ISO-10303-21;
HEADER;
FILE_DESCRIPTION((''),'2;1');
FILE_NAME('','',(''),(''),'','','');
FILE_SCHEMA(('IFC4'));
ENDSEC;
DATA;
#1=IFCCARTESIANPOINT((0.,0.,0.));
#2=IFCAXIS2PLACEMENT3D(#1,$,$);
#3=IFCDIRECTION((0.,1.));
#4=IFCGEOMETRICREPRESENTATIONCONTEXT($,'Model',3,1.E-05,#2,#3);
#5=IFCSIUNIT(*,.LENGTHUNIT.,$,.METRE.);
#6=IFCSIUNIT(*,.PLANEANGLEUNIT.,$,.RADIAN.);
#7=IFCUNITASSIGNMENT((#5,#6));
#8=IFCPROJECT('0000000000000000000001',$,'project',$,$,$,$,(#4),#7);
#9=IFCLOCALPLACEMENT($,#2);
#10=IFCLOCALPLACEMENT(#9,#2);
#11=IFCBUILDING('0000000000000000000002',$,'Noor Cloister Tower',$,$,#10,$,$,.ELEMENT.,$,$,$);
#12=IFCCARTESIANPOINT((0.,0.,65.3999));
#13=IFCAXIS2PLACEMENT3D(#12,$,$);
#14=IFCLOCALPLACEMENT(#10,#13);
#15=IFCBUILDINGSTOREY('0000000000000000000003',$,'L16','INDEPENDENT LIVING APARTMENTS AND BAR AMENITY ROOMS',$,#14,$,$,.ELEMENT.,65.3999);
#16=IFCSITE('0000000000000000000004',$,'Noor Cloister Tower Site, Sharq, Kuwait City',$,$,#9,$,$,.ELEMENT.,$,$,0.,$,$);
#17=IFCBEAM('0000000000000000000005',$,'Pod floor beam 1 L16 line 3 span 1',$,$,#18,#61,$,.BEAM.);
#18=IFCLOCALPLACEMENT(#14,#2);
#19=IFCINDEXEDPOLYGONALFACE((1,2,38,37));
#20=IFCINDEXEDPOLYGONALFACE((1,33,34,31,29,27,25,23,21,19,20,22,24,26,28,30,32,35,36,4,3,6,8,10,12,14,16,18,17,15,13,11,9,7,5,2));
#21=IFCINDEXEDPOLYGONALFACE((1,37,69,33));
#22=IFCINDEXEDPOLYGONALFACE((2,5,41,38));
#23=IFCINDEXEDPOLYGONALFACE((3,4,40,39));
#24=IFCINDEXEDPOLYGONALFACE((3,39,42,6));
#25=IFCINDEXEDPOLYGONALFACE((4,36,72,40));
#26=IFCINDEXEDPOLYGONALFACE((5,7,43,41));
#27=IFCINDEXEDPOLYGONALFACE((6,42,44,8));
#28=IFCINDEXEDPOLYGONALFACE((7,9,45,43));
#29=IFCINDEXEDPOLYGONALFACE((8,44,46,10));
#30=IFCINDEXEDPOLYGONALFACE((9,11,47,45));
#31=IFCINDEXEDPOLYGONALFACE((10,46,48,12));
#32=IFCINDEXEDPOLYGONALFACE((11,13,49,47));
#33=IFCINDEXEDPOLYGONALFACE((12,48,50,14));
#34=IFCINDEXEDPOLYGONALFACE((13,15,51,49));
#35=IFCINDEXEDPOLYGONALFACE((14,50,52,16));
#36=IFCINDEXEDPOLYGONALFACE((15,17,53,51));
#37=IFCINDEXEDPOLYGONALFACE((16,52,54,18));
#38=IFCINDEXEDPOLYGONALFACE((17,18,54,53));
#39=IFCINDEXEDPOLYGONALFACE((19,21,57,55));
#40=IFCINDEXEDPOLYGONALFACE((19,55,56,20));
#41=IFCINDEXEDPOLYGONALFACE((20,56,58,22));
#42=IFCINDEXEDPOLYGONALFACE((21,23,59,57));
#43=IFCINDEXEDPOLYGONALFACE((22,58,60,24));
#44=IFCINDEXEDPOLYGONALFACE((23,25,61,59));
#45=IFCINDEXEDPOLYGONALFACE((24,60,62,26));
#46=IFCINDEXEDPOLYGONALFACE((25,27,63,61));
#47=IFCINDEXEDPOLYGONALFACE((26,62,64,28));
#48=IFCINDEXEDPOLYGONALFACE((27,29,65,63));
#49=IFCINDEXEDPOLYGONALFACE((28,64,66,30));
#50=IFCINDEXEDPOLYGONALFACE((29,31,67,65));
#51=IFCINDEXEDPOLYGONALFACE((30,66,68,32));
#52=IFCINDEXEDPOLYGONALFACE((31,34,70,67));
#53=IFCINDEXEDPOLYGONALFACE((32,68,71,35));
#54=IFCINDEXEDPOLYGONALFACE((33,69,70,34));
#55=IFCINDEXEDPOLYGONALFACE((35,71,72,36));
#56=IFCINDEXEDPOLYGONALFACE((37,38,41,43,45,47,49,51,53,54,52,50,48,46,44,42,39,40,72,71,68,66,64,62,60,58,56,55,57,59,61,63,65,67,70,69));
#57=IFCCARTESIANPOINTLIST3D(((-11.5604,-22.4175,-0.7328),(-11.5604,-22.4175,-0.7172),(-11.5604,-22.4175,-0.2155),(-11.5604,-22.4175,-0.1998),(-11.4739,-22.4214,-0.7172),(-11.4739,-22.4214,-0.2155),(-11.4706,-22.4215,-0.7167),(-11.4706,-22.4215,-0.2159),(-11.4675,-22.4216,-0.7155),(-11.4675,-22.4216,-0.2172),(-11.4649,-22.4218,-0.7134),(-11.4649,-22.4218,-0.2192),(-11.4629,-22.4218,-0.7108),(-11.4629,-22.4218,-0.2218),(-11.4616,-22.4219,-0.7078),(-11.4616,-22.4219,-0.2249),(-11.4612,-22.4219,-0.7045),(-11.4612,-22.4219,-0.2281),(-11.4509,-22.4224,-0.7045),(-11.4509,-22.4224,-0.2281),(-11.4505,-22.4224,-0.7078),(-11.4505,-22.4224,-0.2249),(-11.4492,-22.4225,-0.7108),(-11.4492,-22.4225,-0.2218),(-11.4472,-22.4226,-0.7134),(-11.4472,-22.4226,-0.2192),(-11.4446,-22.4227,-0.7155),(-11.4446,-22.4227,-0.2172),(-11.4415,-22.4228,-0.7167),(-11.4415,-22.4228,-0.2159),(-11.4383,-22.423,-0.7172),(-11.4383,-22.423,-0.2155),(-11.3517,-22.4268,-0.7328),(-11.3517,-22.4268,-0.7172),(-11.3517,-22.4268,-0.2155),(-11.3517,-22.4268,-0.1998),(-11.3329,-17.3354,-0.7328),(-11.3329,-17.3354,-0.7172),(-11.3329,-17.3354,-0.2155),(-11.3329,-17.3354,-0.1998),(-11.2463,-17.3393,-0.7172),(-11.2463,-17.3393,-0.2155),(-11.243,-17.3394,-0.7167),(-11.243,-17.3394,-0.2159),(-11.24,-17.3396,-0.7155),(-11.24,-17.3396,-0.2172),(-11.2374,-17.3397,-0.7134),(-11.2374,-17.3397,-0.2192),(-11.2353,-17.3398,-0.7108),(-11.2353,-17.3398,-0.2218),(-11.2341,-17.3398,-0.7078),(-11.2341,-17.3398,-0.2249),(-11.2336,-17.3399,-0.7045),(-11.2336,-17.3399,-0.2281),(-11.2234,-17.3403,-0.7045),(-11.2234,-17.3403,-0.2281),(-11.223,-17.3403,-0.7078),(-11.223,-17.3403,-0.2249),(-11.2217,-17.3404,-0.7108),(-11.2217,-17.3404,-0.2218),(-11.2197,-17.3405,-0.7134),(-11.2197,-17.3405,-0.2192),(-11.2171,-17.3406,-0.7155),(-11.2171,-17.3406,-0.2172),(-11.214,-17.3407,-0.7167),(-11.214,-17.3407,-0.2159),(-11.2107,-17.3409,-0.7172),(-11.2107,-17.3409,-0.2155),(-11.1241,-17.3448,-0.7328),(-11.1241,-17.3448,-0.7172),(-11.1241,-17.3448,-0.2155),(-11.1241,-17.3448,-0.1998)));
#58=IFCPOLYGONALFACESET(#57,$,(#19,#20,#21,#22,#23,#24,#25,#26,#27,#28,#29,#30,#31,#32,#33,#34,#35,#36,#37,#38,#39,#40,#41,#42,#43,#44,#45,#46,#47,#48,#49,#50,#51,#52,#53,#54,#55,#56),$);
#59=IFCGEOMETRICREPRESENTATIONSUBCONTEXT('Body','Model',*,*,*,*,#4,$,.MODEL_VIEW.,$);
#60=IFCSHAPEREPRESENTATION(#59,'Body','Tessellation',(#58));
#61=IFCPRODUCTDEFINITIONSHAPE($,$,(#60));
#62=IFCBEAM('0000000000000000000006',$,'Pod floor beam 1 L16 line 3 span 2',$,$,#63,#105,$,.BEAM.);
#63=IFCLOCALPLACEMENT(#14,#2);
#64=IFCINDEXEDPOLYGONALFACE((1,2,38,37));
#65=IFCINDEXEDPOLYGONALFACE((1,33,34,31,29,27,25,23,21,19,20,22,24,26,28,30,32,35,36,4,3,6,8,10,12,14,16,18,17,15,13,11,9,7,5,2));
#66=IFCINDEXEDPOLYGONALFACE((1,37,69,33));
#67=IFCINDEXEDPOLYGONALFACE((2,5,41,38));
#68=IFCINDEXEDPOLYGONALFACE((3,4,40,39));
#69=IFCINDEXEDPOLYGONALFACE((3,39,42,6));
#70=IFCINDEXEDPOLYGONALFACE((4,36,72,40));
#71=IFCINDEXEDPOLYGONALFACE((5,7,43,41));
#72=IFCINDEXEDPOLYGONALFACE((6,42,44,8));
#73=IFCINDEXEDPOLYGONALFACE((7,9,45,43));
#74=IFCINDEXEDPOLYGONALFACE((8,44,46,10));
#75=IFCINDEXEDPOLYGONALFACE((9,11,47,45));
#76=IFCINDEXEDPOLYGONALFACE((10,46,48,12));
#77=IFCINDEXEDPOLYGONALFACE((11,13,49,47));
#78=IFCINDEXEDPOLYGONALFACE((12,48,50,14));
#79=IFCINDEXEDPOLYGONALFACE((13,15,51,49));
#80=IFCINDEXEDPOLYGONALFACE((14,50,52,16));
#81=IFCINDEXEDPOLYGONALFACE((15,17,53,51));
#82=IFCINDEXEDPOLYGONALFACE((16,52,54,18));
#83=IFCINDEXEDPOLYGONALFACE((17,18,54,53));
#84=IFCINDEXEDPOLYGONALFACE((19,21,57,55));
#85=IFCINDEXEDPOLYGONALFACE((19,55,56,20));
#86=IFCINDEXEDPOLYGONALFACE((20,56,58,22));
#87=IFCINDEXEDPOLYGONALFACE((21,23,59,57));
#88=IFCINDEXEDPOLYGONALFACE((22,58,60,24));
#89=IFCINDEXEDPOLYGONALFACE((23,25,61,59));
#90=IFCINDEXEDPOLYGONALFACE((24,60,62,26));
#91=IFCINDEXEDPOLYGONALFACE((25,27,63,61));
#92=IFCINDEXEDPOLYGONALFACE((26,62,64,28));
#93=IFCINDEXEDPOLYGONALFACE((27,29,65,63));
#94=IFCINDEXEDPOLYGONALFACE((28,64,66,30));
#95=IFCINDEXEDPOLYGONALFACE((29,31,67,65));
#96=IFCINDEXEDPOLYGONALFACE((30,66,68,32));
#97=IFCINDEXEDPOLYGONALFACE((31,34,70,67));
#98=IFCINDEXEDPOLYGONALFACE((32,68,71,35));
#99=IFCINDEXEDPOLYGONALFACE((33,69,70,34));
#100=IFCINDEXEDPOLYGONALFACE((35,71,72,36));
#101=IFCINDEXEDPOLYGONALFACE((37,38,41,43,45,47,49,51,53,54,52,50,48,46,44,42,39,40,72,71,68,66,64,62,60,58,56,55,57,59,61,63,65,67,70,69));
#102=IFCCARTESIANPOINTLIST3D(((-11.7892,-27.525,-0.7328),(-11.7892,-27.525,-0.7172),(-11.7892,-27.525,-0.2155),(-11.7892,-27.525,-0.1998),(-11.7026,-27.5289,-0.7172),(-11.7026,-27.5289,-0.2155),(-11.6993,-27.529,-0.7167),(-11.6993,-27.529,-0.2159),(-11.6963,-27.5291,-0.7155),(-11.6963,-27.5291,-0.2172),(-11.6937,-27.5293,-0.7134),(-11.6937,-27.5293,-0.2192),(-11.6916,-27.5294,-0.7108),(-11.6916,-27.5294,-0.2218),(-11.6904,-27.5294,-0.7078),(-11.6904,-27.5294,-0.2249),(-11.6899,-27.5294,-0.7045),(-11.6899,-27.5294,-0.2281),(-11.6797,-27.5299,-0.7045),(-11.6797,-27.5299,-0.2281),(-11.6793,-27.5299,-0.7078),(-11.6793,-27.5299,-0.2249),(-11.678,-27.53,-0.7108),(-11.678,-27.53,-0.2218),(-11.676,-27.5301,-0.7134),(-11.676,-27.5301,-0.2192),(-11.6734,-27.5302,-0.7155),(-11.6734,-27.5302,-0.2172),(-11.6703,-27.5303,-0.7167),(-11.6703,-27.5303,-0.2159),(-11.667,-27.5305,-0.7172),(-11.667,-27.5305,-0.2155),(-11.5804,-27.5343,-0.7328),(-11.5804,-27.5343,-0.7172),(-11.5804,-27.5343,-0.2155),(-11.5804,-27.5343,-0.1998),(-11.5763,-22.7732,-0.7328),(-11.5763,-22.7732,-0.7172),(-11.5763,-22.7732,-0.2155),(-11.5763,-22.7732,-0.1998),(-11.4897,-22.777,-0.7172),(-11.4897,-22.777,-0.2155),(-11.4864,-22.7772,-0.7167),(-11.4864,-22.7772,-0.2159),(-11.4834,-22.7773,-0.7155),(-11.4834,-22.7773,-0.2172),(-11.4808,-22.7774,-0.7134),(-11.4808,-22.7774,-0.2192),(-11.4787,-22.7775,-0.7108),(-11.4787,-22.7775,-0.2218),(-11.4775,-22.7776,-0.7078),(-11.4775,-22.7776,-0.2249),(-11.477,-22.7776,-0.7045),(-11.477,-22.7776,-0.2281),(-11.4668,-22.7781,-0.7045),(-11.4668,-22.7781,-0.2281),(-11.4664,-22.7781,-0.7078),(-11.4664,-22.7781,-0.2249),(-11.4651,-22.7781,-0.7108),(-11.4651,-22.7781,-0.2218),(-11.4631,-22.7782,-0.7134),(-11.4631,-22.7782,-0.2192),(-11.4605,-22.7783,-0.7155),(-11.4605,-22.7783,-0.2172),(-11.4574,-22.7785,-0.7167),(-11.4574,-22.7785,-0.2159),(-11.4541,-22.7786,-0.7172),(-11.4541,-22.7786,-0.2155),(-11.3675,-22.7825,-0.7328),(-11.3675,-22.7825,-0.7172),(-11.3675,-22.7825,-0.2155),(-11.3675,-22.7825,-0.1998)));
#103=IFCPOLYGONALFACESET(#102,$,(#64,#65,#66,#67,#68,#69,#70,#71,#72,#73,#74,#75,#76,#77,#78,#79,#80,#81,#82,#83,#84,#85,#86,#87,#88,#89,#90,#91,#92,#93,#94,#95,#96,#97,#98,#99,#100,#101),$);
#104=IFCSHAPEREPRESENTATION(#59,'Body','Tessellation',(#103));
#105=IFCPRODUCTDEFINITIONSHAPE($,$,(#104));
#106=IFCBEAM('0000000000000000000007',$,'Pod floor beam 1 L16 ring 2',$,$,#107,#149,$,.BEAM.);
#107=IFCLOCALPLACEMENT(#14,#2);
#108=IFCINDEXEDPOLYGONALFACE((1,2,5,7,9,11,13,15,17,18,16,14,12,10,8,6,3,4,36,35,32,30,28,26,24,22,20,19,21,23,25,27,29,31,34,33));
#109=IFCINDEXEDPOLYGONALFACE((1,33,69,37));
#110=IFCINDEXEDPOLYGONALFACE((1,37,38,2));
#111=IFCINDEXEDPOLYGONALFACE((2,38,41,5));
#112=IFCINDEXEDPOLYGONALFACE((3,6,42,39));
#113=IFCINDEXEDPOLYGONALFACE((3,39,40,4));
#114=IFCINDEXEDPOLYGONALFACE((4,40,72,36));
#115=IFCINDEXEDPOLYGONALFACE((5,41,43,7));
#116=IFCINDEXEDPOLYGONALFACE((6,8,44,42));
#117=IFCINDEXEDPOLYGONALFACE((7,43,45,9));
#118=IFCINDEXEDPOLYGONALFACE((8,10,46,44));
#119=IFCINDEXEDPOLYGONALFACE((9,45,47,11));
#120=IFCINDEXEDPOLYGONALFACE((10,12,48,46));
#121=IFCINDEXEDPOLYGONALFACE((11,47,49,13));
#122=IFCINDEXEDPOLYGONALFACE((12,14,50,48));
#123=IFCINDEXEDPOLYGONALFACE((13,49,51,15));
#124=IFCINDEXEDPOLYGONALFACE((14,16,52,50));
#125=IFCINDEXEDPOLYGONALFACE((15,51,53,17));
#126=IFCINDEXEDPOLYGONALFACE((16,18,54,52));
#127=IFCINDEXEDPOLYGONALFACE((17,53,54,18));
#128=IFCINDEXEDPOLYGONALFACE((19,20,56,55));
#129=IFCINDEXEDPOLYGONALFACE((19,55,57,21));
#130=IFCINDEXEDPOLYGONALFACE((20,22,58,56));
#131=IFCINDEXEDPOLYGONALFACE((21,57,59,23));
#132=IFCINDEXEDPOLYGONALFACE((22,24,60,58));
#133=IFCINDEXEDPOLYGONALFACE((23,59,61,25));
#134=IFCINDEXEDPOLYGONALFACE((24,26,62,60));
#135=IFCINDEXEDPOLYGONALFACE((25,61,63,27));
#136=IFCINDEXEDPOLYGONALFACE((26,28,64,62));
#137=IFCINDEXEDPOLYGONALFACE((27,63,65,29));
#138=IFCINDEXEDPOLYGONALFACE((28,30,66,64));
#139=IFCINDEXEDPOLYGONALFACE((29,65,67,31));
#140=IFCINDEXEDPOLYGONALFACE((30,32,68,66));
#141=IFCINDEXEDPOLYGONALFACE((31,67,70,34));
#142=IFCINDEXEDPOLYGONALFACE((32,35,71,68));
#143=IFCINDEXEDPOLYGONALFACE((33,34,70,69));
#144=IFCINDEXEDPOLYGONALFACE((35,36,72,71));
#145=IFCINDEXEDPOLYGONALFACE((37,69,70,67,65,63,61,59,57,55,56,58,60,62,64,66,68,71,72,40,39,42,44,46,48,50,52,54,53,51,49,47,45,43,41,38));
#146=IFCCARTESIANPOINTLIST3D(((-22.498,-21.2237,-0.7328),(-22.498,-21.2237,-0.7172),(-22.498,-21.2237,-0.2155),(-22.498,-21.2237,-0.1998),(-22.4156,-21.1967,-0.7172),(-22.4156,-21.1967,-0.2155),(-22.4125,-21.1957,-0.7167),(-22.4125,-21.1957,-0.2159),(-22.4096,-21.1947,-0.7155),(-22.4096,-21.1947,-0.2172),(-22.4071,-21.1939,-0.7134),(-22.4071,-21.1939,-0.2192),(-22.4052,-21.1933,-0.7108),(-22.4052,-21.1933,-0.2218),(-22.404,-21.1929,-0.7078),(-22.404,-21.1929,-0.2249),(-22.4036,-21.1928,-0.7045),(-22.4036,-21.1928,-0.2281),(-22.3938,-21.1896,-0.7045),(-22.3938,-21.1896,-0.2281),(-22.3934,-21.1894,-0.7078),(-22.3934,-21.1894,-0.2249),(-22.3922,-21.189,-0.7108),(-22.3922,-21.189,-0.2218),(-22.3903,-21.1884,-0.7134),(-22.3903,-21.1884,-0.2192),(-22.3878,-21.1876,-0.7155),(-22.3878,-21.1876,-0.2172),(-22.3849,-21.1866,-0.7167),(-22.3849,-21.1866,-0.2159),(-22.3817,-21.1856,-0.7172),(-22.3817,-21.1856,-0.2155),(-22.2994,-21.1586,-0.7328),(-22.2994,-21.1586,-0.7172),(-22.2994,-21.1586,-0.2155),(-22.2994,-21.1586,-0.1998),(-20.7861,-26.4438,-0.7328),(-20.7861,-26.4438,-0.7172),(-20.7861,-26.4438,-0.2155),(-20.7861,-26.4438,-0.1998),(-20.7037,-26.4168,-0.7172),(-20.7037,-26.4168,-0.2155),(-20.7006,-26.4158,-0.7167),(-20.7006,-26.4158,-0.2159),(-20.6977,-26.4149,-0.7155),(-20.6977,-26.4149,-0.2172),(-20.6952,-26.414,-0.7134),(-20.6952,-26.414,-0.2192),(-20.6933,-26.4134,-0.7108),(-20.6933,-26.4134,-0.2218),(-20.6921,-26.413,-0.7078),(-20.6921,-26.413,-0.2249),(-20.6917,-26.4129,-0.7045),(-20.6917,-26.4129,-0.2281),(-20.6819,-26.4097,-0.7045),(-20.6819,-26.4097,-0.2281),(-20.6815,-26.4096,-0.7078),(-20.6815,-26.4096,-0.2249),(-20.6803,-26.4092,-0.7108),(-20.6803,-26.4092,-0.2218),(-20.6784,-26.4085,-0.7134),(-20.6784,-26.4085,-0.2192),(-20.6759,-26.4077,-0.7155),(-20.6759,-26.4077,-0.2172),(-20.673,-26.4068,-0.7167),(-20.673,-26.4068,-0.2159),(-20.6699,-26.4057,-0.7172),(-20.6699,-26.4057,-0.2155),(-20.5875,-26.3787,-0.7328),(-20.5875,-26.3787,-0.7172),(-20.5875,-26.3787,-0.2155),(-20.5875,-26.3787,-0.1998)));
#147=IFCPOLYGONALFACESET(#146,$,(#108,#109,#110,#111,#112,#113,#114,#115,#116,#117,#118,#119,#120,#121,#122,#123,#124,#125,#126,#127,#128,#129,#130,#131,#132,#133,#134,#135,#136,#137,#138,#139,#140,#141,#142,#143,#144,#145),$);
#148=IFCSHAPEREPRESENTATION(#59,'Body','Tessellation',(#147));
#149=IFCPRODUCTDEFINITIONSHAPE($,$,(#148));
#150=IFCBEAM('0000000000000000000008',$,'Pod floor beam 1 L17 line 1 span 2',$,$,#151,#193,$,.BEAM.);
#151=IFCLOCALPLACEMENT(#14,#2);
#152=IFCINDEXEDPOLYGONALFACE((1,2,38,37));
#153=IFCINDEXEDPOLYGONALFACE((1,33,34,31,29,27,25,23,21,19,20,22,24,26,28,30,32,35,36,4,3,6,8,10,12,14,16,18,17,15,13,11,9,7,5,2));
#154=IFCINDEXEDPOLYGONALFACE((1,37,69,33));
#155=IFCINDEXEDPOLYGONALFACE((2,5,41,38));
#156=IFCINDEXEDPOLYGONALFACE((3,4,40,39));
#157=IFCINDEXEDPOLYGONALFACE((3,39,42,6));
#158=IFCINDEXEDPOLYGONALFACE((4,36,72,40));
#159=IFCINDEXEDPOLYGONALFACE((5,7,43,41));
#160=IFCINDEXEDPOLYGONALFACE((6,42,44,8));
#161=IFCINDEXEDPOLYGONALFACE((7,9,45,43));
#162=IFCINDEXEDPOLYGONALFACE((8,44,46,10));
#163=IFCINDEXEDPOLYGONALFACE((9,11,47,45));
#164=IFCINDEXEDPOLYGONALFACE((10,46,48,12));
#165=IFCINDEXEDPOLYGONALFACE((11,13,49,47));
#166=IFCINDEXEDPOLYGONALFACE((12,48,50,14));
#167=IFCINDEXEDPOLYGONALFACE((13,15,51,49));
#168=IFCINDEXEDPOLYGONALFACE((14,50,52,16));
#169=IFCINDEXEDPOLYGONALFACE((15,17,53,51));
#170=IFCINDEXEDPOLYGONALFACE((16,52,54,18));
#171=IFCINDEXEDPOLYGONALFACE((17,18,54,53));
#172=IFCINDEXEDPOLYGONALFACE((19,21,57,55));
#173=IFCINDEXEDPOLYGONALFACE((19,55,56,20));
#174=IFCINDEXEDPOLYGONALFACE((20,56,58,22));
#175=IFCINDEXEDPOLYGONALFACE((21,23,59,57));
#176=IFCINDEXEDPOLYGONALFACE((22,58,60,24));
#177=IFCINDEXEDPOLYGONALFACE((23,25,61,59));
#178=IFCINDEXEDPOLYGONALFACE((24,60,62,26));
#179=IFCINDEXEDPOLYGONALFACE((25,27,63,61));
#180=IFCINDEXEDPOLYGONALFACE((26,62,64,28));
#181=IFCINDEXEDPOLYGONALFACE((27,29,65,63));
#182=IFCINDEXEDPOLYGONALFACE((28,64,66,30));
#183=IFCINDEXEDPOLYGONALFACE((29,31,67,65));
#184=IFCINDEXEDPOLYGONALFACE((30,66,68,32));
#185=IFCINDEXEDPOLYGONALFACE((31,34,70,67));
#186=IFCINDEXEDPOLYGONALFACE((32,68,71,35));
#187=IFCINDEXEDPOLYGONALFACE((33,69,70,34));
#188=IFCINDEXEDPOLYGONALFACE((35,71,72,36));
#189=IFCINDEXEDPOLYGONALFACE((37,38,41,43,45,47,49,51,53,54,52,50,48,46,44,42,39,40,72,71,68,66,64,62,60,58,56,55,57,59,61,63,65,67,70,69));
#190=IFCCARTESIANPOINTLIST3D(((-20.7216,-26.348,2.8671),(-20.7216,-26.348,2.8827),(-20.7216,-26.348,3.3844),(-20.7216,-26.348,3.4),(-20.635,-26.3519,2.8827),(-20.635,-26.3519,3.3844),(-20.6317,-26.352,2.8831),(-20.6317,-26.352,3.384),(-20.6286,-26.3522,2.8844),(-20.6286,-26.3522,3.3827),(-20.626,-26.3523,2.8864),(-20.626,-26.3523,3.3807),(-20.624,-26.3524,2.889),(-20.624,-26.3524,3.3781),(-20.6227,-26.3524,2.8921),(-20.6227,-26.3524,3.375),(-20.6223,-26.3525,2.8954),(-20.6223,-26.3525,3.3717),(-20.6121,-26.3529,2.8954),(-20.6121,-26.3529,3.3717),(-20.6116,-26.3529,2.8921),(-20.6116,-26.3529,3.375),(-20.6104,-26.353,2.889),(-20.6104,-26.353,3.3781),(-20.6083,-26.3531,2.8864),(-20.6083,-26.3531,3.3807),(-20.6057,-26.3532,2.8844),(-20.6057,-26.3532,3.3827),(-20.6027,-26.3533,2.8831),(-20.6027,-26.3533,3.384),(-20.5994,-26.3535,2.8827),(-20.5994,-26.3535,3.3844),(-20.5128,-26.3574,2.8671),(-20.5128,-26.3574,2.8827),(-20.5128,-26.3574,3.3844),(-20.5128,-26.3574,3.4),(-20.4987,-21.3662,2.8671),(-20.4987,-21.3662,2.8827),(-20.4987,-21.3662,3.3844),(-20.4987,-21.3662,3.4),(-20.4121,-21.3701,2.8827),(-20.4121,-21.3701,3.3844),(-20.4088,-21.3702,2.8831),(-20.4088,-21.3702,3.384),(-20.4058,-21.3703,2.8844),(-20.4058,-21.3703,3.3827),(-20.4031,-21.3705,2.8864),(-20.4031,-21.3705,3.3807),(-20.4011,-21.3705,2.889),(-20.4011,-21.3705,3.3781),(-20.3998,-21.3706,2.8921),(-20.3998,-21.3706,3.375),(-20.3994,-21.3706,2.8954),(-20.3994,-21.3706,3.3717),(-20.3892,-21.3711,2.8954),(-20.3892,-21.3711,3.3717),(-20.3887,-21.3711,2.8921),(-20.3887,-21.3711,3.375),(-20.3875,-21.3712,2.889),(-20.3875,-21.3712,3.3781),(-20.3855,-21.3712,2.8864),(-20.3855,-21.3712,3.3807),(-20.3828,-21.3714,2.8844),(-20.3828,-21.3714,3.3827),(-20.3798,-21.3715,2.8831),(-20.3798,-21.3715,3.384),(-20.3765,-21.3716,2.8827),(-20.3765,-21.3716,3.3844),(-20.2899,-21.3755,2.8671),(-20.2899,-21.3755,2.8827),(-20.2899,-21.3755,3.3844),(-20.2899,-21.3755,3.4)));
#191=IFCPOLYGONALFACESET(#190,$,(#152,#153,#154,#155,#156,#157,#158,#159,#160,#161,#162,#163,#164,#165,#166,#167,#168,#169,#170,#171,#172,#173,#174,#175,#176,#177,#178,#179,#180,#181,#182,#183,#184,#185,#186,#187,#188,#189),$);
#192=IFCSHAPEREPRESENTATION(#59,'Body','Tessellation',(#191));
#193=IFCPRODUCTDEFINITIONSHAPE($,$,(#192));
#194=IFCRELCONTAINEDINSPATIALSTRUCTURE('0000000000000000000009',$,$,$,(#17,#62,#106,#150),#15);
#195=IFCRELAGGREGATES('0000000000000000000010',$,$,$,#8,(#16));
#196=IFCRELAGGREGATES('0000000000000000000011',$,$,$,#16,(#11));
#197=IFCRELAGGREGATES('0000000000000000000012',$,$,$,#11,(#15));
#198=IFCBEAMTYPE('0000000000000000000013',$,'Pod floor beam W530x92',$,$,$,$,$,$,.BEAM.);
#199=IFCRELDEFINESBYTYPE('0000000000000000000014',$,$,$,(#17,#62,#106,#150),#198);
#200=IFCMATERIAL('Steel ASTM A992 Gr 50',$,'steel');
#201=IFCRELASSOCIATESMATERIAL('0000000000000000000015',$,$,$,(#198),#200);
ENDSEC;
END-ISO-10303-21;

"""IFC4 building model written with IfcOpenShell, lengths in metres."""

from ifc_helpers import new_model, si_unit, direction, frame, origin, origin_2d, place, context, subcontext, project, spatial, i_section, extrude, material, material_profile, profile_set, type_object, element, save


model = new_model("IFC4")

# Units and contexts
model_context = context("Model", 3, precision=1e-05, world=origin(), true_north=direction((0.0, 1.0)))
body_context = subcontext(model_context, "Body", "Model", "MODEL_VIEW")
ifc_project = project(units=[si_unit("LENGTHUNIT", "METRE"), si_unit("PLANEANGLEUNIT", "RADIAN")], contexts=[model_context])

# Site, building, storey
site_placement = place(None, origin())
site = spatial("IfcSite", under=ifc_project, at=site_placement, Name="Noor Cloister Tower Site, Sharq, Kuwait City", CompositionType="ELEMENT", RefElevation=0.0)
building_placement = place(site_placement, origin())
building = spatial("IfcBuilding", under=site, at=building_placement, Name="Noor Cloister Tower", CompositionType="ELEMENT")
storey_placement = place(building_placement, frame((0.0, 0.0, 65.3999)))
storey = spatial("IfcBuildingStorey", under=building, at=storey_placement, Name="L16", Description="INDEPENDENT LIVING APARTMENTS AND BAR AMENITY ROOMS", CompositionType="ELEMENT", Elevation=65.3999)

# Beams
ifc_material_1 = material(Name="Steel ASTM A992 Gr 50", Category="steel")
ifc_material_profile_1 = material_profile(ifc_material_1, i_section(OverallWidth=0.209, OverallDepth=0.533, WebThickness=0.0103, FlangeThickness=0.0156, FilletRadius=0.0127, at=origin_2d()), Name="W530x92")
ifc_profile_set_1 = profile_set([ifc_material_profile_1], Name="Steel ASTM A992 Gr 50")
beam_type_1 = type_object("IfcBeamType", Name="Pod floor beam W530x92", PredefinedType="BEAM", material=ifc_profile_set_1)
beam_1_placement = place(storey_placement, frame((-11.2285, -17.3401, -0.4663), z_axis=(-0.044728, -0.998999, 0.0), x_axis=(0.998999, -0.044728, 0.0)))
element("IfcBeam", 1, at=beam_1_placement, inside=storey, type_object=beam_type_1, Name="Pod floor beam 1 L16 line 3 span 1", PredefinedType="BEAM", context=body_context, shape_type="SweptSolid", body=[
    extrude(i_section(OverallWidth=0.209, OverallDepth=0.533, WebThickness=0.0103, FlangeThickness=0.0156, FilletRadius=0.0127, at=origin_2d()), origin(), (0.0, 0.0, 1.0), 5.0872),
])
beam_2_placement = place(storey_placement, frame((-11.4719, -22.7778, -0.4663), z_axis=(-0.044758, -0.998998, 0.0), x_axis=(0.998998, -0.044758, 0.0)))
element("IfcBeam", 2, at=beam_2_placement, inside=storey, type_object=beam_type_1, Name="Pod floor beam 1 L16 line 3 span 2", PredefinedType="BEAM", context=body_context, shape_type="SweptSolid", body=[
    extrude(i_section(OverallWidth=0.209, OverallDepth=0.533, WebThickness=0.0103, FlangeThickness=0.0156, FilletRadius=0.0127, at=origin_2d()), origin(), (0.0, 0.0, 1.0), 4.7566),
])
beam_3_placement = place(storey_placement, frame((-22.3987, -21.1912, -0.4663), z_axis=(0.311611, -0.95021, 0.0), x_axis=(0.95021, 0.311611, 0.0)))
element("IfcBeam", 3, at=beam_3_placement, inside=storey, type_object=beam_type_1, Name="Pod floor beam 1 L16 ring 2", PredefinedType="BEAM", context=body_context, shape_type="SweptSolid", body=[
    extrude(i_section(OverallWidth=0.209, OverallDepth=0.533, WebThickness=0.0103, FlangeThickness=0.0156, FilletRadius=0.0127, at=origin_2d()), origin(), (0.0, 0.0, 1.0), 5.4937),
])
beam_4_placement = place(storey_placement, frame((-20.3943, -21.3708, 3.1335), z_axis=(-0.044697, -0.999001, 0.0), x_axis=(0.999001, -0.044697, 0.0)))
element("IfcBeam", 4, at=beam_4_placement, inside=storey, type_object=beam_type_1, Name="Pod floor beam 1 L17 line 1 span 2", PredefinedType="BEAM", context=body_context, shape_type="SweptSolid", body=[
    extrude(i_section(OverallWidth=0.209, OverallDepth=0.533, WebThickness=0.0103, FlangeThickness=0.0156, FilletRadius=0.0127, at=origin_2d()), origin(), (0.0, 0.0, 1.0), 4.9868),
])

save(model, "model.ifc")
